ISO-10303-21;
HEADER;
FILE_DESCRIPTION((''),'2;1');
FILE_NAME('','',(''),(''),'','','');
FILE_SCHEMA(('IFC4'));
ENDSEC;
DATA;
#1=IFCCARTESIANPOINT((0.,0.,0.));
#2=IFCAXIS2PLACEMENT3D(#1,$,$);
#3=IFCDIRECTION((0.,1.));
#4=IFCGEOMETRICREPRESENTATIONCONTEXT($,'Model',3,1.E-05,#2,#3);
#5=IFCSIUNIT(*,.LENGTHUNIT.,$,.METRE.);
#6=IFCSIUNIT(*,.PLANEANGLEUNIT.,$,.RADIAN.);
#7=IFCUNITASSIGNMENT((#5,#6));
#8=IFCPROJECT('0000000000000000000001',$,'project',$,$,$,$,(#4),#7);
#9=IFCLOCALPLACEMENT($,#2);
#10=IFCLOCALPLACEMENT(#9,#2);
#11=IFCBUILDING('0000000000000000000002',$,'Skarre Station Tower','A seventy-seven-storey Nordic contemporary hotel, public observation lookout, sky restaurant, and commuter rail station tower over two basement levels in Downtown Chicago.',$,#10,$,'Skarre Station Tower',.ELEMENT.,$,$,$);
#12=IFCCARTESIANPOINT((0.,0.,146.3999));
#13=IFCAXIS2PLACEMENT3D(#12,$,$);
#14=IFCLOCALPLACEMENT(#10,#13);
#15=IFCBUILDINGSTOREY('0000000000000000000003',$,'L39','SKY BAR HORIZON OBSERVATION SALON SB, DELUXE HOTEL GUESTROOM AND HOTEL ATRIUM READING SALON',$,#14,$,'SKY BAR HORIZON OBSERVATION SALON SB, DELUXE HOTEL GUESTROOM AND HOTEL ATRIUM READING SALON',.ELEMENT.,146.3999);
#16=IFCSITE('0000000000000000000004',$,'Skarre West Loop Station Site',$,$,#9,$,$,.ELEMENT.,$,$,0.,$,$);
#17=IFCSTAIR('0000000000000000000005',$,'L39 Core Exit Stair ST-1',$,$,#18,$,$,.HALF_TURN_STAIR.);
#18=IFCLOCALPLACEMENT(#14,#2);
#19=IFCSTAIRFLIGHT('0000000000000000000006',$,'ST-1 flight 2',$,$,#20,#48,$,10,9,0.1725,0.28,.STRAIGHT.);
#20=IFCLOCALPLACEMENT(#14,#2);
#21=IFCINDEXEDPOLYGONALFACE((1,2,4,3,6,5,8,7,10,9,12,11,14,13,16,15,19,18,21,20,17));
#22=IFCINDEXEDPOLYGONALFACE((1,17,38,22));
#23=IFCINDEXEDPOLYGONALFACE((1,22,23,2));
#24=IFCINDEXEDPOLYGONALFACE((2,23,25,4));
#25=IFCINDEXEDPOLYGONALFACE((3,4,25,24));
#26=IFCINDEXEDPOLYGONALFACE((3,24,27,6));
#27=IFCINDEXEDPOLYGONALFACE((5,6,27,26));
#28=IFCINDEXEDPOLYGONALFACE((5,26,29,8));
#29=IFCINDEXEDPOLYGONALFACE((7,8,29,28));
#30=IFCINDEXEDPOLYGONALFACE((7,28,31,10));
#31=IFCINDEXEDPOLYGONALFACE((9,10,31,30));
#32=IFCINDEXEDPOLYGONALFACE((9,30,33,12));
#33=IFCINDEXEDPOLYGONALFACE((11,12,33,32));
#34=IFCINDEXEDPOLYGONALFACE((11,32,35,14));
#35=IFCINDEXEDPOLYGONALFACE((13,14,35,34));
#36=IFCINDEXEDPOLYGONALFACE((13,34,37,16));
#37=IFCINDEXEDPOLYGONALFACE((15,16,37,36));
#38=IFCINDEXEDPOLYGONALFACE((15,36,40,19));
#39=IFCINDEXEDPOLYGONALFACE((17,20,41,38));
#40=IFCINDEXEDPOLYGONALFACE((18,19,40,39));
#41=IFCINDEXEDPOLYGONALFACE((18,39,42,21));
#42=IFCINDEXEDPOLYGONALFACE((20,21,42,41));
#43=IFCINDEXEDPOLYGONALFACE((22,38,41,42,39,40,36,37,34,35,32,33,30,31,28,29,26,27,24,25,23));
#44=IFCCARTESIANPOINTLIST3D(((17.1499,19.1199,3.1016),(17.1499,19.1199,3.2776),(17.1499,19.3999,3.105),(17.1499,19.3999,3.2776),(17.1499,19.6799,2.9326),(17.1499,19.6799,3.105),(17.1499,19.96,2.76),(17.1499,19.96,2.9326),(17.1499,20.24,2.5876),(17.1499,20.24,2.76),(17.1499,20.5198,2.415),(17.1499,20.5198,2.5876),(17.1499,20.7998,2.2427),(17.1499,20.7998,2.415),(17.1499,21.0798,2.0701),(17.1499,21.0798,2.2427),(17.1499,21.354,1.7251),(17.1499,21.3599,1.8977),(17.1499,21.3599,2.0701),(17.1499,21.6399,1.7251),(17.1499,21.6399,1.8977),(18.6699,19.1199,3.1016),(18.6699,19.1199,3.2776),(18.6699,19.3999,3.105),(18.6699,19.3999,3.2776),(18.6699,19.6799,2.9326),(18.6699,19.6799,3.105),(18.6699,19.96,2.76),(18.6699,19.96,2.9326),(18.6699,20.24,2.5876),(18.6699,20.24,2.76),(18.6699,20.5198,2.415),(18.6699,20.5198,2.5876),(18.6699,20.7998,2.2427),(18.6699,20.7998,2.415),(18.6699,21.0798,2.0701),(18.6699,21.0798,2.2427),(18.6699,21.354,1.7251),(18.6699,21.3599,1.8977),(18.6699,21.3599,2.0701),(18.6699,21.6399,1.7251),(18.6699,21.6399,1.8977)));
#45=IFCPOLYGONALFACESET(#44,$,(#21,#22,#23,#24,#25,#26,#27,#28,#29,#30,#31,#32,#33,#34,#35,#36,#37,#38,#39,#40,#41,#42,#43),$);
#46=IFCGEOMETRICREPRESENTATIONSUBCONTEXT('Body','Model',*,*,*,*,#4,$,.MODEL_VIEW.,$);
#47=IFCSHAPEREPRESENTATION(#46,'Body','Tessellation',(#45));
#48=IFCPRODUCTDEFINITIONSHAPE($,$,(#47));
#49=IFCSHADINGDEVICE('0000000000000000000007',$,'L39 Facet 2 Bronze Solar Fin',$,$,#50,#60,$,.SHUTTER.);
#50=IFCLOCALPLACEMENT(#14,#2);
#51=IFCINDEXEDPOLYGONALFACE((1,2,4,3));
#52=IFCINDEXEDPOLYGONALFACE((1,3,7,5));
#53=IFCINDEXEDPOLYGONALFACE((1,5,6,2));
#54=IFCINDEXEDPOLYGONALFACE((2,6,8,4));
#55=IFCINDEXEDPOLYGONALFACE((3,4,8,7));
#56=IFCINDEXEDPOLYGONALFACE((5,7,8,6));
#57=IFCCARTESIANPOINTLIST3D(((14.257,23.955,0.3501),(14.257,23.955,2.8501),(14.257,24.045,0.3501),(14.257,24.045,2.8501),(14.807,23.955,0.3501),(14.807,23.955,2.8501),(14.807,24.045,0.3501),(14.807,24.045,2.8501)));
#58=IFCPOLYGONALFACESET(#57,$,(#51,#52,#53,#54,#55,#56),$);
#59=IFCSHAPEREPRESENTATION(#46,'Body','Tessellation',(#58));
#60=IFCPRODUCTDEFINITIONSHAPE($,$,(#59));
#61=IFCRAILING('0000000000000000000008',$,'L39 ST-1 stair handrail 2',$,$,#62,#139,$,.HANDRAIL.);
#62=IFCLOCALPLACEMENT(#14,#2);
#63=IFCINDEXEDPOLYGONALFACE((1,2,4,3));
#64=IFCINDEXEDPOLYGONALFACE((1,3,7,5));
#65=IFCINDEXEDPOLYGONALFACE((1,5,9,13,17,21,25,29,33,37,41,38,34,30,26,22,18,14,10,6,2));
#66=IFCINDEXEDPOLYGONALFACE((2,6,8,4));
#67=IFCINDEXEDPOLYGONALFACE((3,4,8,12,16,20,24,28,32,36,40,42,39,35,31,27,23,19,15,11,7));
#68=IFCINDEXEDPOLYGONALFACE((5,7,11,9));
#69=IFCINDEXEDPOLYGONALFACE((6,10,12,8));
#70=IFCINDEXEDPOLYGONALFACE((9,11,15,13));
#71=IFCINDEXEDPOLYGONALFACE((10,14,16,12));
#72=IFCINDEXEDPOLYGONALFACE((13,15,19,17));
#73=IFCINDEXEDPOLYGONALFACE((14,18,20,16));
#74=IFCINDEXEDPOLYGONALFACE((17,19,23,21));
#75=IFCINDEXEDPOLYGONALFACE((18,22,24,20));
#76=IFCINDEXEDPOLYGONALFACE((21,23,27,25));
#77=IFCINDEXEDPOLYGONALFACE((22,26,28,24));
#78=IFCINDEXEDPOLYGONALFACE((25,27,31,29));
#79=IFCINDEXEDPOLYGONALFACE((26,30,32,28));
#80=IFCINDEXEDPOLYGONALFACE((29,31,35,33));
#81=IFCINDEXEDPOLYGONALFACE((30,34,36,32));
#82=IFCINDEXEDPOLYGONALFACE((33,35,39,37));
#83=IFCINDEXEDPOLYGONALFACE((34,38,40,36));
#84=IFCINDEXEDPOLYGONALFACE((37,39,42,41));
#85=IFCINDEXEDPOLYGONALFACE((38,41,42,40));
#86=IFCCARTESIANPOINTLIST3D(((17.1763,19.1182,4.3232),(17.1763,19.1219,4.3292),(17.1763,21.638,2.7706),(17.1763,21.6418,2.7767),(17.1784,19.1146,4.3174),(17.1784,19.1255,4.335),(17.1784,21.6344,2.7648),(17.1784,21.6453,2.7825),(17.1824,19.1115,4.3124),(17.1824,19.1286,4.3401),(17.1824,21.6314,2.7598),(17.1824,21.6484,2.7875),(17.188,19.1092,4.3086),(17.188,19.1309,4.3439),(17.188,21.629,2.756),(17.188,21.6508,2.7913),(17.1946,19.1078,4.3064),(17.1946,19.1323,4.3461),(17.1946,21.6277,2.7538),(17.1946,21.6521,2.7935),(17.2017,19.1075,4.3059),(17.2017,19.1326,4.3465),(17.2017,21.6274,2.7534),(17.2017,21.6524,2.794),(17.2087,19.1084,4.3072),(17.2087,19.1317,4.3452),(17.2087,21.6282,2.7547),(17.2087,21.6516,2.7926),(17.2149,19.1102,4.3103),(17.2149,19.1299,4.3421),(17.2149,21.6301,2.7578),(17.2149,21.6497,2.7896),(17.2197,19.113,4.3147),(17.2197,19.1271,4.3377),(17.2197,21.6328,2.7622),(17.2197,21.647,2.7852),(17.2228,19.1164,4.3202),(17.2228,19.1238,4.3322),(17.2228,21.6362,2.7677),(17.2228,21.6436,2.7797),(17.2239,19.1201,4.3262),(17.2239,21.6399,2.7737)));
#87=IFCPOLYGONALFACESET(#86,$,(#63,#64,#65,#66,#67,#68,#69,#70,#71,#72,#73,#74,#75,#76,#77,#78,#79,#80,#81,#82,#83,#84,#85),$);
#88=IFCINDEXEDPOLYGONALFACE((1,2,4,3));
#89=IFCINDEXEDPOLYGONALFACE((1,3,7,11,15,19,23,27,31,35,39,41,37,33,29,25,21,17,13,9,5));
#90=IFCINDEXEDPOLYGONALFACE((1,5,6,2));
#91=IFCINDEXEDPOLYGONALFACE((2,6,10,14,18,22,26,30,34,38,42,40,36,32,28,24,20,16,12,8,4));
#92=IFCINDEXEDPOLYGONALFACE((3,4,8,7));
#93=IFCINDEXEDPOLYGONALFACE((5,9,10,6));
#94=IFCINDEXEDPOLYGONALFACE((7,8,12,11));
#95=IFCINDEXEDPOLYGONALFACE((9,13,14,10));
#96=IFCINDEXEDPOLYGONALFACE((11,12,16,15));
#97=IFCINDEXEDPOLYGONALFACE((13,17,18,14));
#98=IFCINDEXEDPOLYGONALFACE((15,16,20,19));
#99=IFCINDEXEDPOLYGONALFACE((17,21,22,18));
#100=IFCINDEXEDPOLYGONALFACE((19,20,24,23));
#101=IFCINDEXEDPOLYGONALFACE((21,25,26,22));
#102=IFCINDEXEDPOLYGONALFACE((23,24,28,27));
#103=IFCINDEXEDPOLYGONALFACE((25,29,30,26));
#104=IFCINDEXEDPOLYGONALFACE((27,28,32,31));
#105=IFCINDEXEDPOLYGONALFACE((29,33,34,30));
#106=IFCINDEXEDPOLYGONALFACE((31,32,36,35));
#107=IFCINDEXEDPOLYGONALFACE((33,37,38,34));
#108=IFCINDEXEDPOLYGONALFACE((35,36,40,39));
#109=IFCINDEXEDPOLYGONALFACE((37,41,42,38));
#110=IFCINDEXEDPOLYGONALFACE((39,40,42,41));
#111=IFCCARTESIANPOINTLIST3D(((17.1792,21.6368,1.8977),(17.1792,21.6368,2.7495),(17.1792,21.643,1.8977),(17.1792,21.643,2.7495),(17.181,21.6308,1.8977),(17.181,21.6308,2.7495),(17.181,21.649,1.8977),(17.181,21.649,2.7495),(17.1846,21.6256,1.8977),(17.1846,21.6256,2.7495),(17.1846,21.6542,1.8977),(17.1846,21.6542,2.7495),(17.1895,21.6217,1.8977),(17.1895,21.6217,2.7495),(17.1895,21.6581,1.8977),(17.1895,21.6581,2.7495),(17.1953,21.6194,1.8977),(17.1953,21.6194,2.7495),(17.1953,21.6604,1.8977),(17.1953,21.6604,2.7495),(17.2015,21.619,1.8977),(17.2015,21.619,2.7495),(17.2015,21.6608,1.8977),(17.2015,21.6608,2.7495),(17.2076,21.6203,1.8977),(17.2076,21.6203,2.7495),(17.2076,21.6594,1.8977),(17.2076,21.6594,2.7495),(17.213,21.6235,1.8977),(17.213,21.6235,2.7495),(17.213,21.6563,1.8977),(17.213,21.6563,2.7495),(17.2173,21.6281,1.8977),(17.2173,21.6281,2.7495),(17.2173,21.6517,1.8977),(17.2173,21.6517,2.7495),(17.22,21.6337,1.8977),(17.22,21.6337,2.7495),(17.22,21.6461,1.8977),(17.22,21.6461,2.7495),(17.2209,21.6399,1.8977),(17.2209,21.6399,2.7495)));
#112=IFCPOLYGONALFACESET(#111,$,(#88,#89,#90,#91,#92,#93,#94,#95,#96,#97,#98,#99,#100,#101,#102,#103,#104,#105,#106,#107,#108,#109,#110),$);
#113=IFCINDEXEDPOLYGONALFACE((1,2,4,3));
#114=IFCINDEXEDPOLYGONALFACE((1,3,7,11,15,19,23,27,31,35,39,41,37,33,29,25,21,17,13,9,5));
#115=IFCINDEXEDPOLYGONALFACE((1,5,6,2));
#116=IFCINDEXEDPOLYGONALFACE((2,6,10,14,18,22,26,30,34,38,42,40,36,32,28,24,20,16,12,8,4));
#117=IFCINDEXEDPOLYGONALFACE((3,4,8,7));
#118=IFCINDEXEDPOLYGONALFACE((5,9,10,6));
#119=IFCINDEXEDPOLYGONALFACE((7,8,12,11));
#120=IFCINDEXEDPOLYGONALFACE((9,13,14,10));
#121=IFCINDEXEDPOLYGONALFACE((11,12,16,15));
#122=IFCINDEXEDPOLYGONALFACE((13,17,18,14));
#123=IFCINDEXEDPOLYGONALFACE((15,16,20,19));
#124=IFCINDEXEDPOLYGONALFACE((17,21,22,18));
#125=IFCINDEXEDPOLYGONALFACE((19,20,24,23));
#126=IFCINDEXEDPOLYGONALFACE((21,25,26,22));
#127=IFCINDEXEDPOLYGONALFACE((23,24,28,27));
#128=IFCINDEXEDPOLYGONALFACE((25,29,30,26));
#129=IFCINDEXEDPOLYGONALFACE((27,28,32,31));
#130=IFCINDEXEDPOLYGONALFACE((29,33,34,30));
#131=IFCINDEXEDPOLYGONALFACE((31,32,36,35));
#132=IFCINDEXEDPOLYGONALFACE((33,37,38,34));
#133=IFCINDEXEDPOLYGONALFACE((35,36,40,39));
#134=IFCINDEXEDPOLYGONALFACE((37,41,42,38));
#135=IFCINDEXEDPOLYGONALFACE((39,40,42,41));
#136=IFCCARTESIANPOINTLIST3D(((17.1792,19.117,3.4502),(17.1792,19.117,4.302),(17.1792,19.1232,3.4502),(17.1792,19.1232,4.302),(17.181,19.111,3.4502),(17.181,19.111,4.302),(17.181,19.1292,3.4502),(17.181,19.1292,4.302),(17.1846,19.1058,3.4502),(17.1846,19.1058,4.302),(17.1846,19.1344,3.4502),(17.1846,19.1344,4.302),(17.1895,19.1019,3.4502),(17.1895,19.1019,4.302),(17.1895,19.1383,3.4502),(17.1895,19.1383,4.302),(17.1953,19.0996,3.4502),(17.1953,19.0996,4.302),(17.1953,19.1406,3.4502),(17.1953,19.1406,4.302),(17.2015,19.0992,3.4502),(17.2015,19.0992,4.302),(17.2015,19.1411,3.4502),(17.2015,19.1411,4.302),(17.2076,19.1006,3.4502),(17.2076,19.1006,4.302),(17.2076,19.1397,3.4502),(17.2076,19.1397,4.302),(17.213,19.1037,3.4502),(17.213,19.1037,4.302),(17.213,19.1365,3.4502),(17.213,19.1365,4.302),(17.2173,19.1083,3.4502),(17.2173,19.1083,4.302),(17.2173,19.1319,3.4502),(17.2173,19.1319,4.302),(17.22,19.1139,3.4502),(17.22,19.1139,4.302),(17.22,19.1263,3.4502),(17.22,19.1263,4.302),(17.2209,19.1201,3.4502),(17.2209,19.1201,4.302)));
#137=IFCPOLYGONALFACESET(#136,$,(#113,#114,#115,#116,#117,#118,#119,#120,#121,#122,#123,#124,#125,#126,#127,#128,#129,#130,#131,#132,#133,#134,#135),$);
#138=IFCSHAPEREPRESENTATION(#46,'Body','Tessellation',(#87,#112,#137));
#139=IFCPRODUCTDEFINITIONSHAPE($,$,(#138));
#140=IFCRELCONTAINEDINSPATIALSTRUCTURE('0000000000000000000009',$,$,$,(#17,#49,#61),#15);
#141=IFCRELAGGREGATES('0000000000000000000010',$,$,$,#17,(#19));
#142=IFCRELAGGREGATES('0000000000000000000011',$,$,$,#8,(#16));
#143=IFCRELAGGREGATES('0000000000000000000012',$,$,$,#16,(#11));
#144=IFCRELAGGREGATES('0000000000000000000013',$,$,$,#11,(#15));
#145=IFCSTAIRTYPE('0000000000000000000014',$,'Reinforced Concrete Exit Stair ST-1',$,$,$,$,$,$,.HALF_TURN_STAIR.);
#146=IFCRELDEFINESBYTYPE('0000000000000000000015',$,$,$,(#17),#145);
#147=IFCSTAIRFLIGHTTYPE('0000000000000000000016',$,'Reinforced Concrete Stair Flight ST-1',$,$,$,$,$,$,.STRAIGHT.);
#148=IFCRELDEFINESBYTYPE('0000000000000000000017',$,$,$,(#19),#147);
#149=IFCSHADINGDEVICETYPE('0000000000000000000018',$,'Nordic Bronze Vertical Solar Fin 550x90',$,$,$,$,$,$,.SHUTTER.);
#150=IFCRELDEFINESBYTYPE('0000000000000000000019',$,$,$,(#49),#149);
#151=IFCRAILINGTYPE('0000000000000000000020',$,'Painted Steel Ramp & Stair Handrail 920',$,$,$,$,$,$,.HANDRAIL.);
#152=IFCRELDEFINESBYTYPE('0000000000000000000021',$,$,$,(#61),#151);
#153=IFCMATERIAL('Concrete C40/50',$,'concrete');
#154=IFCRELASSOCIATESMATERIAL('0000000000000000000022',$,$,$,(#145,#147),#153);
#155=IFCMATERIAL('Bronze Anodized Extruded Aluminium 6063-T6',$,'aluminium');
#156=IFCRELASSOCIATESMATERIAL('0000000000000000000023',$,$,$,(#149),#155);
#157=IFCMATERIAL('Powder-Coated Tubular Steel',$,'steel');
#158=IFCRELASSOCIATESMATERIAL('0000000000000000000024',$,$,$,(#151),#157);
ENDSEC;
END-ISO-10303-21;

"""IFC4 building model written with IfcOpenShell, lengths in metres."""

from ifc_helpers import new_model, si_unit, direction, frame, origin, origin_2d, place, context, subcontext, project, spatial, polyline, rectangle, circle, outline, extrude, material, type_object, element, aggregate, save


model = new_model("IFC4")

# Units and contexts
model_context = context("Model", 3, precision=1e-05, world=origin(), true_north=direction((0.0, 1.0)))
body_context = subcontext(model_context, "Body", "Model", "MODEL_VIEW")
ifc_project = project(units=[si_unit("LENGTHUNIT", "METRE"), si_unit("PLANEANGLEUNIT", "RADIAN")], contexts=[model_context])

# Site, building, storey
site_placement = place(None, origin())
site = spatial("IfcSite", under=ifc_project, at=site_placement, Name="Skarre West Loop Station Site", CompositionType="ELEMENT", RefElevation=0.0)
building_placement = place(site_placement, origin())
building = spatial("IfcBuilding", under=site, at=building_placement, Name="Skarre Station Tower", Description="A seventy-seven-storey Nordic contemporary hotel, public observation lookout, sky restaurant, and commuter rail station tower over two basement levels in Downtown Chicago.", LongName="Skarre Station Tower", CompositionType="ELEMENT")
storey_placement = place(building_placement, frame((0.0, 0.0, 146.3999)))
storey = spatial("IfcBuildingStorey", under=building, at=storey_placement, Name="L39", Description="SKY BAR HORIZON OBSERVATION SALON SB, DELUXE HOTEL GUESTROOM AND HOTEL ATRIUM READING SALON", LongName="SKY BAR HORIZON OBSERVATION SALON SB, DELUXE HOTEL GUESTROOM AND HOTEL ATRIUM READING SALON", CompositionType="ELEMENT", Elevation=146.3999)

# Stair, stair flight
ifc_material_1 = material(Name="Concrete C40/50", Category="concrete")
stair_type = type_object("IfcStairType", Name="Reinforced Concrete Exit Stair ST-1", PredefinedType="HALF_TURN_STAIR", material=ifc_material_1)
stair_placement = place(storey_placement, origin())
stair = element("IfcStair", 1, at=stair_placement, inside=storey, type_object=stair_type, Name="L39 Core Exit Stair ST-1", PredefinedType="HALF_TURN_STAIR")
stair_flight_type = type_object("IfcStairFlightType", Name="Reinforced Concrete Stair Flight ST-1", PredefinedType="STRAIGHT", material=ifc_material_1)
stair_flight_1_placement = place(storey_placement, frame((17.9099, 21.6399, 1.7251), z_axis=(0.0, 0.0, 1.0), x_axis=(0.0, -1.0, 0.0)))
stair_flight_1 = element("IfcStairFlight", 2, at=stair_flight_1_placement, type_object=stair_flight_type, Name="ST-1 flight 2", NumberOfRisers=10, NumberOfTreads=9, PredefinedType="STRAIGHT", RiserHeight=0.1725, TreadLength=0.28, context=body_context, shape_type="SweptSolid", body=[
    extrude(outline(polyline([(0.0, 0.0), (0.0, 0.1726), (0.28, 0.1726), (0.28, 0.345), (0.5601, 0.345), (0.5601, 0.5176), (0.8401, 0.5176), (0.8401, 0.6899), (1.1201, 0.6899), (1.1201, 0.8625), (1.3999, 0.8625), (1.3999, 1.0349), (1.6799, 1.0349), (1.6799, 1.2075), (1.96, 1.2075), (1.96, 1.3799), (2.24, 1.3799), (2.24, 1.5525), (2.52, 1.5525), (2.52, 1.7251), (2.52, 1.3765), (0.2859, 0.0), (0.0, 0.0)])), frame((0.0, 0.76, 0.0), z_axis=(0.0, -1.0, 0.0), x_axis=(1.0, 0.0, 0.0)), (0.0, 0.0, 1.0), 1.52),
])
aggregate(stair, [stair_flight_1])

# Shading device
ifc_material_2 = material(Name="Bronze Anodized Extruded Aluminium 6063-T6", Category="aluminium")
shading_device_type = type_object("IfcShadingDeviceType", Name="Nordic Bronze Vertical Solar Fin 550x90", PredefinedType="SHUTTER", material=ifc_material_2)
shading_device_placement = place(storey_placement, frame((14.532, 24.0, 0.3501), z_axis=(0.0, 0.0, 1.0), x_axis=(-1.0, 0.0, 0.0)))
element("IfcShadingDevice", 3, at=shading_device_placement, inside=storey, type_object=shading_device_type, Name="L39 Facet 2 Bronze Solar Fin", PredefinedType="SHUTTER", context=body_context, shape_type="SweptSolid", body=[
    extrude(rectangle(XDim=0.55, YDim=0.0901, at=origin_2d()), origin(), (0.0, 0.0, 1.0), 2.5),
])

# Railing
ifc_material_3 = material(Name="Powder-Coated Tubular Steel", Category="steel")
railing_type_1 = type_object("IfcRailingType", Name="Painted Steel Ramp & Stair Handrail 920", PredefinedType="HANDRAIL", material=ifc_material_3)
railing_1_placement = place(storey_placement, frame((17.2, 21.6399, 1.8977)))
element("IfcRailing", 4, at=railing_1_placement, inside=storey, type_object=railing_type_1, Name="L39 ST-1 stair handrail 2", PredefinedType="HANDRAIL", context=body_context, shape_type="SweptSolid", body=[
    extrude(circle(Radius=0.0239, at=origin_2d()), frame((0.0, 0.0, 0.876), z_axis=(0.0, -0.851378, 0.524553), x_axis=(1.0, 0.0, 0.0)), (0.0, 0.0, 1.0), 2.9597),
    extrude(circle(Radius=0.021, at=origin_2d()), origin(), (0.0, 0.0, 1.0), 0.8518),
    extrude(circle(Radius=0.021, at=origin_2d()), frame((0.0, -2.5198, 1.5525)), (0.0, 0.0, 1.0), 0.8518),
])

save(model, "model.ifc")
